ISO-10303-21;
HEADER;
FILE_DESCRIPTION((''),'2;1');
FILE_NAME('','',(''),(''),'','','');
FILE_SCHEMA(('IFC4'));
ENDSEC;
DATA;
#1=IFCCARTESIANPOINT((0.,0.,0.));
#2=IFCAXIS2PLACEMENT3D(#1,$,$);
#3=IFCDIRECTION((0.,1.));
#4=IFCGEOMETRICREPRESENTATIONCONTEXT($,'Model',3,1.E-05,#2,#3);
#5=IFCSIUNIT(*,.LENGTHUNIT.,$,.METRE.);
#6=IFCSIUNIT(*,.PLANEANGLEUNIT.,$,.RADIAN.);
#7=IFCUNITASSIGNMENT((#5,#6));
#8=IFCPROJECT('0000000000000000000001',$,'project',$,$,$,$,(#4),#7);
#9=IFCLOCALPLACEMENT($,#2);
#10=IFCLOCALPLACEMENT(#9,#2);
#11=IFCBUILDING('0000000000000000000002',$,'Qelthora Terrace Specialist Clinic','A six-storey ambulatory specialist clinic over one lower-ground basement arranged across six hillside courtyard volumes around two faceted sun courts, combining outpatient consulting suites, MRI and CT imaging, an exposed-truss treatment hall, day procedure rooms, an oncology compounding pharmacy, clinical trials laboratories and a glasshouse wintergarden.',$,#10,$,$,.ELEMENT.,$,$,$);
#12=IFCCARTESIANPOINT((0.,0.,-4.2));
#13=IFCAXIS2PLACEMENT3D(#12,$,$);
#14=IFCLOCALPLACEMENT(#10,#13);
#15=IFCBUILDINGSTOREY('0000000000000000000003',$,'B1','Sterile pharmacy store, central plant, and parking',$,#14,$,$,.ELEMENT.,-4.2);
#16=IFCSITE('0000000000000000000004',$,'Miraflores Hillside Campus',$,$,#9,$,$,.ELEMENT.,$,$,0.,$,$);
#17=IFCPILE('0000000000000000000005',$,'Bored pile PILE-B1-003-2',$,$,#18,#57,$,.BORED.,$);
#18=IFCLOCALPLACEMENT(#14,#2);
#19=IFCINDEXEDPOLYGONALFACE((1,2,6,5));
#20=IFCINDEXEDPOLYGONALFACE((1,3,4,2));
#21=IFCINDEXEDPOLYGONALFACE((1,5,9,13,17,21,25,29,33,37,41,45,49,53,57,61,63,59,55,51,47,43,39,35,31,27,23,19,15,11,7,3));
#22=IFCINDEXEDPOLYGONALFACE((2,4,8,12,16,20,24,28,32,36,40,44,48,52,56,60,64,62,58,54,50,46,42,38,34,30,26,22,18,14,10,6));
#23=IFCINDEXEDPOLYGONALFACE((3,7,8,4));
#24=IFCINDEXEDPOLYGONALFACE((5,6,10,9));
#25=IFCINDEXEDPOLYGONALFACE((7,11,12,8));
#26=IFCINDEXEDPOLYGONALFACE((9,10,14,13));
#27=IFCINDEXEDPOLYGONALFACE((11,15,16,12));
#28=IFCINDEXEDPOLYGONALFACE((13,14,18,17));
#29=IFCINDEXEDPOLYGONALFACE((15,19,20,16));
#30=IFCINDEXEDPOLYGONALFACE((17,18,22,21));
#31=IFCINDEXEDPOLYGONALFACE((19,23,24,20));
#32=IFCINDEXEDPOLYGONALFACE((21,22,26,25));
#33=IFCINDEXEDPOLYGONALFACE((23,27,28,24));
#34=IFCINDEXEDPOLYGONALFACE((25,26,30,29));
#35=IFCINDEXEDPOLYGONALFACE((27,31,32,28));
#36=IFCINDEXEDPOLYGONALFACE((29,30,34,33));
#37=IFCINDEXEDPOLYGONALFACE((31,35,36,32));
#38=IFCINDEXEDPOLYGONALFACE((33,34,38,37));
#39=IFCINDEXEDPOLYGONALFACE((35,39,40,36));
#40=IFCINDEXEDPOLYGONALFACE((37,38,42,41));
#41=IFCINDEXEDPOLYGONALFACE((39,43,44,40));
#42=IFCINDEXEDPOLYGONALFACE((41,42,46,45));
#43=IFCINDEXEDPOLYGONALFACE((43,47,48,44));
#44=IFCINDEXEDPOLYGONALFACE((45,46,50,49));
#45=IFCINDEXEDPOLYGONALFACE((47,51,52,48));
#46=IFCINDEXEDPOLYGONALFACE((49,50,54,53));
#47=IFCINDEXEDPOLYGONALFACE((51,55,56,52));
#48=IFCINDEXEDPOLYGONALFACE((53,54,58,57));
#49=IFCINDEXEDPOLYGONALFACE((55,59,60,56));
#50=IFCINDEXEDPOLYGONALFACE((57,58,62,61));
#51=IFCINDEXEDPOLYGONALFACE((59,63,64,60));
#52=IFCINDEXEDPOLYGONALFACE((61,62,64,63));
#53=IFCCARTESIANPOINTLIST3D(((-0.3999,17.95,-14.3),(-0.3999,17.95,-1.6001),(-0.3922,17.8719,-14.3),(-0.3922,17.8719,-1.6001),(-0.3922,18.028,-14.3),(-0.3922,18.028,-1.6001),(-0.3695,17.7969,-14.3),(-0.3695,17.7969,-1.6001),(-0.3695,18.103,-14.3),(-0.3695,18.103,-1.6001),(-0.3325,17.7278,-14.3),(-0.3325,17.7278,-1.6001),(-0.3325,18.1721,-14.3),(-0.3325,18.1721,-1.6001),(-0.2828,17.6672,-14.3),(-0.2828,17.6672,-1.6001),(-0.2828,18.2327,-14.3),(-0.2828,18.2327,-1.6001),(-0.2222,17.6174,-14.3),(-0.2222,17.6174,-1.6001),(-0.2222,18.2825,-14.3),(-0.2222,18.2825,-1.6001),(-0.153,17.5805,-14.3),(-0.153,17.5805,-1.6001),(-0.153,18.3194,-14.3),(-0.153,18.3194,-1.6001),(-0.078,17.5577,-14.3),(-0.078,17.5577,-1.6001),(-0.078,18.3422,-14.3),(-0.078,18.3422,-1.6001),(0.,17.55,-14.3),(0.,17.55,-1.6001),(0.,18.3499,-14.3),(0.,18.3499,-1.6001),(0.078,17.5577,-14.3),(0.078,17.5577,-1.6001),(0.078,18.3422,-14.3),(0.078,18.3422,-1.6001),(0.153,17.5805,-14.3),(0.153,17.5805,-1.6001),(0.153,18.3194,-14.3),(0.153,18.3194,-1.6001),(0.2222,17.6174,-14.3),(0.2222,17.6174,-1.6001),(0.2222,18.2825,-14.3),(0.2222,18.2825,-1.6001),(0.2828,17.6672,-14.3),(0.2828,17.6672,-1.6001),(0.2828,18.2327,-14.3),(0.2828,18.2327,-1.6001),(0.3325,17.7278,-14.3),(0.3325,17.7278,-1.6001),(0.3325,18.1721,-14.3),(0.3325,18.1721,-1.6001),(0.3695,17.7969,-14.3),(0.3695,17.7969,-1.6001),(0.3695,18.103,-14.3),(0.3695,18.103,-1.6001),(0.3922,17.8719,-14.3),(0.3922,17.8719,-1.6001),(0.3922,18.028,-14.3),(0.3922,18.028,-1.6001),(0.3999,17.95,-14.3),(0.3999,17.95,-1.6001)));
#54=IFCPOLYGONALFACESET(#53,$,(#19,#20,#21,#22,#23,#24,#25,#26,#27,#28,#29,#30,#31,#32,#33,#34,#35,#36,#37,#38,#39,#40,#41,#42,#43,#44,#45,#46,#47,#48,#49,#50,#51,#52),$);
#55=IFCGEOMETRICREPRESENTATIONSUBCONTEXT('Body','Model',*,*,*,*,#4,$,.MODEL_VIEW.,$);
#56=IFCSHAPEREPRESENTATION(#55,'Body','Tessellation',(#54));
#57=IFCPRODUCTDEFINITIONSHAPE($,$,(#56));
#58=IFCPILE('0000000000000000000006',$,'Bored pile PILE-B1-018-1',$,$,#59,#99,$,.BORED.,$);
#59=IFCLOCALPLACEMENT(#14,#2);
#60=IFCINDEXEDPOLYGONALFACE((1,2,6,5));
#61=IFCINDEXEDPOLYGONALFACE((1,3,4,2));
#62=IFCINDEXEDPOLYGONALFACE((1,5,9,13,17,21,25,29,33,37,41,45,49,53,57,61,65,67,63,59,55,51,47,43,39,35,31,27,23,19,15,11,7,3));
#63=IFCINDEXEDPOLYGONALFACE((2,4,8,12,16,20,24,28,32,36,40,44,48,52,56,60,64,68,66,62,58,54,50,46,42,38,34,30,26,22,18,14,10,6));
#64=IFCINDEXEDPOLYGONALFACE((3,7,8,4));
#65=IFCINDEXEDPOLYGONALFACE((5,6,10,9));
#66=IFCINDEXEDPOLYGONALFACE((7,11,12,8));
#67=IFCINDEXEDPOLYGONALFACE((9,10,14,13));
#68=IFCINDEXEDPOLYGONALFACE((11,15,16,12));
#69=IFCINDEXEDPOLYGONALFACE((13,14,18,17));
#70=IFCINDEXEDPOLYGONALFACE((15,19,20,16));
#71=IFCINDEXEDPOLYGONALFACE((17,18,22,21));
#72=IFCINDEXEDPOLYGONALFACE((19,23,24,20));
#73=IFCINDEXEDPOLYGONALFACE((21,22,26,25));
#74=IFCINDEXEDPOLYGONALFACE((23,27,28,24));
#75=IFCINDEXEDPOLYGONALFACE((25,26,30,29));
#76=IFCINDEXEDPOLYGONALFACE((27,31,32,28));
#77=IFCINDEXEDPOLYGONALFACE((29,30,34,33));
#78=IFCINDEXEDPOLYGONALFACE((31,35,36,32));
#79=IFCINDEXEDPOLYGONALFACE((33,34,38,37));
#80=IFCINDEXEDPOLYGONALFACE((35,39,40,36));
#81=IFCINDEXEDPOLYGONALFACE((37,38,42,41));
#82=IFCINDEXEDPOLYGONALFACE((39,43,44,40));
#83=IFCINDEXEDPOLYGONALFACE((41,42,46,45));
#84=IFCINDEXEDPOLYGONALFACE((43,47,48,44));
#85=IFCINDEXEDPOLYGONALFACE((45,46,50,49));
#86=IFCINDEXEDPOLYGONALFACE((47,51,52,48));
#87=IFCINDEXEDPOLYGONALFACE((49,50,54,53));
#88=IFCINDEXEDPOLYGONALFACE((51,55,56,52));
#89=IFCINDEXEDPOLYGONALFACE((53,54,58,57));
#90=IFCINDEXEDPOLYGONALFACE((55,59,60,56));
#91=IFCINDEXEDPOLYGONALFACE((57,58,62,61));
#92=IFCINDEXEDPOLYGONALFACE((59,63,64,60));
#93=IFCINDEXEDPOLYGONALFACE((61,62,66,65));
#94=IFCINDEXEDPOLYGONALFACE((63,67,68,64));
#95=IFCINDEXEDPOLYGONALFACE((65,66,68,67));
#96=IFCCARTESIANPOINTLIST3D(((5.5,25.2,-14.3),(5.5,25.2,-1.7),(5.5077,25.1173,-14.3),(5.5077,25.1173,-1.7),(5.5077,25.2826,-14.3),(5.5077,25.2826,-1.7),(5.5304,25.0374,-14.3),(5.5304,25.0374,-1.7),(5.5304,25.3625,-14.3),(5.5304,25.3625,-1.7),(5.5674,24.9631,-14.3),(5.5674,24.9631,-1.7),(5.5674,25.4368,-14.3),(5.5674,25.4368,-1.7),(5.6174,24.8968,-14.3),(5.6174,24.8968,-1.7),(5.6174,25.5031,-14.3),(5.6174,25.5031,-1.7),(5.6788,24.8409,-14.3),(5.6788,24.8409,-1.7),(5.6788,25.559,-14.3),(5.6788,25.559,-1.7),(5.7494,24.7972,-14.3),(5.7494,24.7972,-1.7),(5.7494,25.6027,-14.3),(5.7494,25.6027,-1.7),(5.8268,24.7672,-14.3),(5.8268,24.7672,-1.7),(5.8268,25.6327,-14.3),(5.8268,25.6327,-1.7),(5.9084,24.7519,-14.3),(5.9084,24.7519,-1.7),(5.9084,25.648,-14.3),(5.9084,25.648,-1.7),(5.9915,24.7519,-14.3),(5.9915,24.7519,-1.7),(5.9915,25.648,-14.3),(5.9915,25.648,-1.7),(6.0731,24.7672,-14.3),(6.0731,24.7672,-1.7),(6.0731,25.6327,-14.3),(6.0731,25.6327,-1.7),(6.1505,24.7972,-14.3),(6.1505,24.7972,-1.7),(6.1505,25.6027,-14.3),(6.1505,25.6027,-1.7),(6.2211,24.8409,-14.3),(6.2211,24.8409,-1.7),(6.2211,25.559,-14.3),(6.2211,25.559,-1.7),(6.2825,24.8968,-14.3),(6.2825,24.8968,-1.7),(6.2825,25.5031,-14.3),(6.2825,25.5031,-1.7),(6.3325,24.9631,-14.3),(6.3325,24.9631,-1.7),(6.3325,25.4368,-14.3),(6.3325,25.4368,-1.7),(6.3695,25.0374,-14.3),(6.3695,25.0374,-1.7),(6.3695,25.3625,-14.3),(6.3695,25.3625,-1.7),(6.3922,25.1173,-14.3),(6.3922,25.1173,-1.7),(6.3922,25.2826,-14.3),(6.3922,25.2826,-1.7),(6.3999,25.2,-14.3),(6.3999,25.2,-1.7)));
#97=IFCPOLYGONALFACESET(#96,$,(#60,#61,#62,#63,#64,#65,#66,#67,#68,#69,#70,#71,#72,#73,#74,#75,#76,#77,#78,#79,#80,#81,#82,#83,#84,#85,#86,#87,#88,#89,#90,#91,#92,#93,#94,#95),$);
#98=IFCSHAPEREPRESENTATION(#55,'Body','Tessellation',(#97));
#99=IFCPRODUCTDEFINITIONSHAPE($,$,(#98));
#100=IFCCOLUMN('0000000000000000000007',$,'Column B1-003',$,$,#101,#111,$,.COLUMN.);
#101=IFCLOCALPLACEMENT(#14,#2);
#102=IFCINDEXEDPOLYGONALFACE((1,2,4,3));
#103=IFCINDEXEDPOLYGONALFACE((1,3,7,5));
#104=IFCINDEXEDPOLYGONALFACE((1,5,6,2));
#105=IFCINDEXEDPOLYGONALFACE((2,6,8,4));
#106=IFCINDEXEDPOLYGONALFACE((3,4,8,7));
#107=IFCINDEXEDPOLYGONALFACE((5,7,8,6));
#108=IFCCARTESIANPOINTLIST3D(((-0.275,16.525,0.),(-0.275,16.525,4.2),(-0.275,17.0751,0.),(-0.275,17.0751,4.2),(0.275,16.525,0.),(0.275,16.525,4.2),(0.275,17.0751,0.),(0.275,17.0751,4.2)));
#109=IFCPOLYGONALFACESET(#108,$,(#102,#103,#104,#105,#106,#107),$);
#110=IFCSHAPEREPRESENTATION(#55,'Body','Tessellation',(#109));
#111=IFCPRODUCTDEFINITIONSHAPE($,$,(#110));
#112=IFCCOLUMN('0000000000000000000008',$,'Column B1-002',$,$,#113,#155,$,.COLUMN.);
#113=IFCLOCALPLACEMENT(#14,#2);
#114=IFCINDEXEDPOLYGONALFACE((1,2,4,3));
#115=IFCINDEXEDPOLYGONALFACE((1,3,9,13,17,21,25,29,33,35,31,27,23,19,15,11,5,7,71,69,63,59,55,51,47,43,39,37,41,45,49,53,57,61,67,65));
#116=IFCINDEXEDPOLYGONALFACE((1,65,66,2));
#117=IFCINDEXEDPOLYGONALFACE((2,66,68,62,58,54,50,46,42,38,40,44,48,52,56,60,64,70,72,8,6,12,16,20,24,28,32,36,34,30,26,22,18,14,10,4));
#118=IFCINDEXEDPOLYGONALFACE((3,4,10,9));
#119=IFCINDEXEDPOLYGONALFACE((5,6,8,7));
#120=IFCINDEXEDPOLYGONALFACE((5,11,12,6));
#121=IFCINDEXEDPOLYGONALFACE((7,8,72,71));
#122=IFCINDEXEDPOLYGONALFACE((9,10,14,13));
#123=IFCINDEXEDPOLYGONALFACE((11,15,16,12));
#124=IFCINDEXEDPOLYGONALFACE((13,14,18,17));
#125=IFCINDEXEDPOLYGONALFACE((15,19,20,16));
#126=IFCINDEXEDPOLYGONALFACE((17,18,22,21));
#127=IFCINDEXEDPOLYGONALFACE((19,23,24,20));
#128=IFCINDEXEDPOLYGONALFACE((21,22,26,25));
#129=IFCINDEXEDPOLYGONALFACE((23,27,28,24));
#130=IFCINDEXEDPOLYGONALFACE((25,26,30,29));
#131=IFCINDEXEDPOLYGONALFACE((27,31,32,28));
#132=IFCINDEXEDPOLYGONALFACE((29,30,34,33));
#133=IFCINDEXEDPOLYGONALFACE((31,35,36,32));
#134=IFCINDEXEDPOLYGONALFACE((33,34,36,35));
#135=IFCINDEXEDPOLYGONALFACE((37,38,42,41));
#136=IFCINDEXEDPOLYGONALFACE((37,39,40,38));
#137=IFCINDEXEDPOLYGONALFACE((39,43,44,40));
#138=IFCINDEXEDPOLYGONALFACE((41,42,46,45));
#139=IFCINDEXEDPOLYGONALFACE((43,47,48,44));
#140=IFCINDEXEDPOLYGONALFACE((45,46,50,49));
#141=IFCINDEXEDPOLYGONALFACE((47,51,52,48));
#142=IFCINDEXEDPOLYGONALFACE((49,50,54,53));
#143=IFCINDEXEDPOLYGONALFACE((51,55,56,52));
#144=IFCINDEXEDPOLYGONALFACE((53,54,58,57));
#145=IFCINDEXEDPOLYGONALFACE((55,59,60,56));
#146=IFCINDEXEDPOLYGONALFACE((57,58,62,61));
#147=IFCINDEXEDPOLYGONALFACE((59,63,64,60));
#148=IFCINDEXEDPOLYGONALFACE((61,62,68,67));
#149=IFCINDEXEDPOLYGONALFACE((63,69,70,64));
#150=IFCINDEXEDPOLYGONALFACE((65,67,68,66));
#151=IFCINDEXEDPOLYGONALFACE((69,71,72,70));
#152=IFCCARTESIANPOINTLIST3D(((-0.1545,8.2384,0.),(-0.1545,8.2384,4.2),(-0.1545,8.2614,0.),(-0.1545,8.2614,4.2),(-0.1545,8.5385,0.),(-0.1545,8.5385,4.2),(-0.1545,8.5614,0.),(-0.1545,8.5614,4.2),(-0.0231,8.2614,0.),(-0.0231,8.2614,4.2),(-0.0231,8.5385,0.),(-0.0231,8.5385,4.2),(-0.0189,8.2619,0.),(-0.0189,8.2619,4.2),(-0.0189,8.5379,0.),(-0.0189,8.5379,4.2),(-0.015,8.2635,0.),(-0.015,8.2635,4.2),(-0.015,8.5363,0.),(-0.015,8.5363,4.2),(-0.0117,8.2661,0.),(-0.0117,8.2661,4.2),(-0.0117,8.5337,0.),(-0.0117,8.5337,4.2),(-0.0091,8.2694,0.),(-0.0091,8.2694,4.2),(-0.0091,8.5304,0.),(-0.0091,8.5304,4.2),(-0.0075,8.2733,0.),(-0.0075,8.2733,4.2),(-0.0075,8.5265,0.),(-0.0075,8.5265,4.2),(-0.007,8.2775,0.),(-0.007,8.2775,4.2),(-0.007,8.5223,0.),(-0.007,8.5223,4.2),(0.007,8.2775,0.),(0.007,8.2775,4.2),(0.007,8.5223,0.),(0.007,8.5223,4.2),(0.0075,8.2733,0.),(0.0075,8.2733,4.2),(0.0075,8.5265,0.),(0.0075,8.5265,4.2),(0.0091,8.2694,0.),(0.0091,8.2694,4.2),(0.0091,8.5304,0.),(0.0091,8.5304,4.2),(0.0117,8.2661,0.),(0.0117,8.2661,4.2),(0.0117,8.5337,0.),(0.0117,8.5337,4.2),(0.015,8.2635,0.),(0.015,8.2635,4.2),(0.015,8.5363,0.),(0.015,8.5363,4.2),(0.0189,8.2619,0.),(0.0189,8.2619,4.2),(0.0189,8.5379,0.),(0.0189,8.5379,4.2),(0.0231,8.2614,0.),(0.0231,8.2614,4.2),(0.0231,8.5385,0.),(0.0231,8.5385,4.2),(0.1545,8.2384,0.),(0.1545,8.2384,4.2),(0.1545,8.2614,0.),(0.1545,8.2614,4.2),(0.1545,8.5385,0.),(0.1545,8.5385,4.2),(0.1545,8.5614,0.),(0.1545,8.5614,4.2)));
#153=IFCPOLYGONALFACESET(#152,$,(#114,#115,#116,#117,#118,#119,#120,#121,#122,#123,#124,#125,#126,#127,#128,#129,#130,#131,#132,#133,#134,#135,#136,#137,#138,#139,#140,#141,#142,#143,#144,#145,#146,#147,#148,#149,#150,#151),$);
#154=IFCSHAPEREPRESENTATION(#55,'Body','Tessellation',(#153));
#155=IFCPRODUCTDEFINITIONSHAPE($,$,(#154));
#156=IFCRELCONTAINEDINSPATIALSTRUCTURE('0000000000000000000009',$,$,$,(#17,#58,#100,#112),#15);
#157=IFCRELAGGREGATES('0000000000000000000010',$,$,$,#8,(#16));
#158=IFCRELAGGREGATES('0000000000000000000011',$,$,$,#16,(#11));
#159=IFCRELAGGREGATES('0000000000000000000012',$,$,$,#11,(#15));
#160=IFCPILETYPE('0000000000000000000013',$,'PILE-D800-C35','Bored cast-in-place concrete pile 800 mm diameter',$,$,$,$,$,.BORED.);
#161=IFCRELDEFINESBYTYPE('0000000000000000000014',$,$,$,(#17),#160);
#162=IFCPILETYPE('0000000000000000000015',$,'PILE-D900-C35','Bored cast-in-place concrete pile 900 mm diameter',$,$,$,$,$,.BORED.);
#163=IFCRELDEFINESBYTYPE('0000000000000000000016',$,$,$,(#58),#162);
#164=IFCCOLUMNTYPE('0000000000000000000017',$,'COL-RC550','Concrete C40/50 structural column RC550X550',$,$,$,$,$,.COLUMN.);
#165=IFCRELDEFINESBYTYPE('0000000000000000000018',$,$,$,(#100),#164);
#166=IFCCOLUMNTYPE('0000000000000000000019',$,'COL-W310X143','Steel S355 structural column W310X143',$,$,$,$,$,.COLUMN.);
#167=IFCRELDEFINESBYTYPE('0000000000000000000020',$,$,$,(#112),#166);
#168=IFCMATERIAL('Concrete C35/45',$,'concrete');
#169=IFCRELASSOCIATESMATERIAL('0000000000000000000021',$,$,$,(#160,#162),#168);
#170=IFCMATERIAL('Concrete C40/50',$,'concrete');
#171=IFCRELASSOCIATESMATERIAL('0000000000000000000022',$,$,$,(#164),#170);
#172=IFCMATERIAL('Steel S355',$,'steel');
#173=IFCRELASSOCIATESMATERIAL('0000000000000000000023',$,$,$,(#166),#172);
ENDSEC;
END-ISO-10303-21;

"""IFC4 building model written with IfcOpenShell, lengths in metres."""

from ifc_helpers import new_model, si_unit, direction, frame, origin, origin_2d, place, context, subcontext, project, spatial, rectangle, circle, i_section, extrude, material, material_profile, profile_set, type_object, element, save


model = new_model("IFC4")

# Units and contexts
model_context = context("Model", 3, precision=1e-05, world=origin(), true_north=direction((0.0, 1.0)))
body_context = subcontext(model_context, "Body", "Model", "MODEL_VIEW")
ifc_project = project(units=[si_unit("LENGTHUNIT", "METRE"), si_unit("PLANEANGLEUNIT", "RADIAN")], contexts=[model_context])

# Site, building, storey
site_placement = place(None, origin())
site = spatial("IfcSite", under=ifc_project, at=site_placement, Name="Miraflores Hillside Campus", CompositionType="ELEMENT", RefElevation=0.0)
building_placement = place(site_placement, origin())
building = spatial("IfcBuilding", under=site, at=building_placement, Name="Qelthora Terrace Specialist Clinic", Description="A six-storey ambulatory specialist clinic over one lower-ground basement arranged across six hillside courtyard volumes around two faceted sun courts, combining outpatient consulting suites, MRI and CT imaging, an exposed-truss treatment hall, day procedure rooms, an oncology compounding pharmacy, clinical trials laboratories and a glasshouse wintergarden.", CompositionType="ELEMENT")
storey_placement = place(building_placement, frame((0.0, 0.0, -4.2)))
storey = spatial("IfcBuildingStorey", under=building, at=storey_placement, Name="B1", Description="Sterile pharmacy store, central plant, and parking", CompositionType="ELEMENT", Elevation=-4.2)

# Shared definitions
ifc_material_1 = material(Name="Concrete C35/45", Category="concrete")

# Piles
ifc_material_profile_1 = material_profile(ifc_material_1, circle(Radius=0.3999, at=origin_2d()), Name="PILE800")
ifc_profile_set_1 = profile_set([ifc_material_profile_1], Name="Concrete C35/45")
pile_type_1 = type_object("IfcPileType", Name="PILE-D800-C35", Description="Bored cast-in-place concrete pile 800 mm diameter", PredefinedType="BORED", material=ifc_profile_set_1)
for number, where, z_axis, x_axis, name in (
    (1, (0.0, 17.95, -1.6001), (0.0, 0.0, -1.0), (1.0, 0.0, 0.0), "Bored pile PILE-B1-003-2"),
):
    element("IfcPile", number, at=place(storey_placement, frame(where, z_axis=z_axis, x_axis=x_axis)), inside=storey, type_object=pile_type_1, Name=name, PredefinedType="BORED", context=body_context, shape_type="SweptSolid", body=[
        extrude(circle(Radius=0.3999, at=origin_2d()), origin(), (0.0, 0.0, 1.0), 12.7),
    ])
ifc_material_profile_2 = material_profile(ifc_material_1, circle(Radius=0.45, at=origin_2d()), Name="PILE900")
ifc_profile_set_2 = profile_set([ifc_material_profile_2], Name="Concrete C35/45")
pile_type_2 = type_object("IfcPileType", Name="PILE-D900-C35", Description="Bored cast-in-place concrete pile 900 mm diameter", PredefinedType="BORED", material=ifc_profile_set_2)
pile_placement = place(storey_placement, frame((5.95, 25.2, -1.7), z_axis=(0.0, 0.0, -1.0), x_axis=(1.0, 0.0, 0.0)))
element("IfcPile", 2, at=pile_placement, inside=storey, type_object=pile_type_2, Name="Bored pile PILE-B1-018-1", PredefinedType="BORED", context=body_context, shape_type="SweptSolid", body=[
    extrude(circle(Radius=0.45, at=origin_2d()), origin(), (0.0, 0.0, 1.0), 12.6001),
])

# Columns
ifc_material_2 = material(Name="Concrete C40/50", Category="concrete")
ifc_material_profile_3 = material_profile(ifc_material_2, rectangle(XDim=0.55, YDim=0.55, at=origin_2d()), Name="RC550X550")
ifc_profile_set_3 = profile_set([ifc_material_profile_3], Name="Concrete C40/50")
column_type_1 = type_object("IfcColumnType", Name="COL-RC550", Description="Concrete C40/50 structural column RC550X550", PredefinedType="COLUMN", material=ifc_profile_set_3)
column_placement = place(storey_placement, frame((0.0, 16.8, 0.0), z_axis=(0.0, 0.0, 1.0), x_axis=(1.0, 0.0, 0.0)))
element("IfcColumn", 3, at=column_placement, inside=storey, type_object=column_type_1, Name="Column B1-003", PredefinedType="COLUMN", context=body_context, shape_type="SweptSolid", body=[
    extrude(rectangle(XDim=0.55, YDim=0.55, at=origin_2d()), origin(), (0.0, 0.0, 1.0), 4.2),
])
ifc_material_3 = material(Name="Steel S355", Category="steel")
ifc_material_profile_4 = material_profile(ifc_material_3, i_section(OverallWidth=0.3091, OverallDepth=0.323, WebThickness=0.0139, FlangeThickness=0.0229, FilletRadius=0.0161, at=origin_2d()), Name="W310X143")
ifc_profile_set_4 = profile_set([ifc_material_profile_4], Name="Steel S355")
column_type_2 = type_object("IfcColumnType", Name="COL-W310X143", Description="Steel S355 structural column W310X143", PredefinedType="COLUMN", material=ifc_profile_set_4)
for number, where, z_axis, x_axis, name in (
    (4, (0.0, 8.3999, 0.0), (0.0, 0.0, 1.0), (1.0, 0.0, 0.0), "Column B1-002"),
):
    element("IfcColumn", number, at=place(storey_placement, frame(where, z_axis=z_axis, x_axis=x_axis)), inside=storey, type_object=column_type_2, Name=name, PredefinedType="COLUMN", context=body_context, shape_type="SweptSolid", body=[
        extrude(i_section(OverallWidth=0.3091, OverallDepth=0.323, WebThickness=0.0139, FlangeThickness=0.0229, FilletRadius=0.0161, at=origin_2d()), origin(), (0.0, 0.0, 1.0), 4.2),
    ])

save(model, "model.ifc")
